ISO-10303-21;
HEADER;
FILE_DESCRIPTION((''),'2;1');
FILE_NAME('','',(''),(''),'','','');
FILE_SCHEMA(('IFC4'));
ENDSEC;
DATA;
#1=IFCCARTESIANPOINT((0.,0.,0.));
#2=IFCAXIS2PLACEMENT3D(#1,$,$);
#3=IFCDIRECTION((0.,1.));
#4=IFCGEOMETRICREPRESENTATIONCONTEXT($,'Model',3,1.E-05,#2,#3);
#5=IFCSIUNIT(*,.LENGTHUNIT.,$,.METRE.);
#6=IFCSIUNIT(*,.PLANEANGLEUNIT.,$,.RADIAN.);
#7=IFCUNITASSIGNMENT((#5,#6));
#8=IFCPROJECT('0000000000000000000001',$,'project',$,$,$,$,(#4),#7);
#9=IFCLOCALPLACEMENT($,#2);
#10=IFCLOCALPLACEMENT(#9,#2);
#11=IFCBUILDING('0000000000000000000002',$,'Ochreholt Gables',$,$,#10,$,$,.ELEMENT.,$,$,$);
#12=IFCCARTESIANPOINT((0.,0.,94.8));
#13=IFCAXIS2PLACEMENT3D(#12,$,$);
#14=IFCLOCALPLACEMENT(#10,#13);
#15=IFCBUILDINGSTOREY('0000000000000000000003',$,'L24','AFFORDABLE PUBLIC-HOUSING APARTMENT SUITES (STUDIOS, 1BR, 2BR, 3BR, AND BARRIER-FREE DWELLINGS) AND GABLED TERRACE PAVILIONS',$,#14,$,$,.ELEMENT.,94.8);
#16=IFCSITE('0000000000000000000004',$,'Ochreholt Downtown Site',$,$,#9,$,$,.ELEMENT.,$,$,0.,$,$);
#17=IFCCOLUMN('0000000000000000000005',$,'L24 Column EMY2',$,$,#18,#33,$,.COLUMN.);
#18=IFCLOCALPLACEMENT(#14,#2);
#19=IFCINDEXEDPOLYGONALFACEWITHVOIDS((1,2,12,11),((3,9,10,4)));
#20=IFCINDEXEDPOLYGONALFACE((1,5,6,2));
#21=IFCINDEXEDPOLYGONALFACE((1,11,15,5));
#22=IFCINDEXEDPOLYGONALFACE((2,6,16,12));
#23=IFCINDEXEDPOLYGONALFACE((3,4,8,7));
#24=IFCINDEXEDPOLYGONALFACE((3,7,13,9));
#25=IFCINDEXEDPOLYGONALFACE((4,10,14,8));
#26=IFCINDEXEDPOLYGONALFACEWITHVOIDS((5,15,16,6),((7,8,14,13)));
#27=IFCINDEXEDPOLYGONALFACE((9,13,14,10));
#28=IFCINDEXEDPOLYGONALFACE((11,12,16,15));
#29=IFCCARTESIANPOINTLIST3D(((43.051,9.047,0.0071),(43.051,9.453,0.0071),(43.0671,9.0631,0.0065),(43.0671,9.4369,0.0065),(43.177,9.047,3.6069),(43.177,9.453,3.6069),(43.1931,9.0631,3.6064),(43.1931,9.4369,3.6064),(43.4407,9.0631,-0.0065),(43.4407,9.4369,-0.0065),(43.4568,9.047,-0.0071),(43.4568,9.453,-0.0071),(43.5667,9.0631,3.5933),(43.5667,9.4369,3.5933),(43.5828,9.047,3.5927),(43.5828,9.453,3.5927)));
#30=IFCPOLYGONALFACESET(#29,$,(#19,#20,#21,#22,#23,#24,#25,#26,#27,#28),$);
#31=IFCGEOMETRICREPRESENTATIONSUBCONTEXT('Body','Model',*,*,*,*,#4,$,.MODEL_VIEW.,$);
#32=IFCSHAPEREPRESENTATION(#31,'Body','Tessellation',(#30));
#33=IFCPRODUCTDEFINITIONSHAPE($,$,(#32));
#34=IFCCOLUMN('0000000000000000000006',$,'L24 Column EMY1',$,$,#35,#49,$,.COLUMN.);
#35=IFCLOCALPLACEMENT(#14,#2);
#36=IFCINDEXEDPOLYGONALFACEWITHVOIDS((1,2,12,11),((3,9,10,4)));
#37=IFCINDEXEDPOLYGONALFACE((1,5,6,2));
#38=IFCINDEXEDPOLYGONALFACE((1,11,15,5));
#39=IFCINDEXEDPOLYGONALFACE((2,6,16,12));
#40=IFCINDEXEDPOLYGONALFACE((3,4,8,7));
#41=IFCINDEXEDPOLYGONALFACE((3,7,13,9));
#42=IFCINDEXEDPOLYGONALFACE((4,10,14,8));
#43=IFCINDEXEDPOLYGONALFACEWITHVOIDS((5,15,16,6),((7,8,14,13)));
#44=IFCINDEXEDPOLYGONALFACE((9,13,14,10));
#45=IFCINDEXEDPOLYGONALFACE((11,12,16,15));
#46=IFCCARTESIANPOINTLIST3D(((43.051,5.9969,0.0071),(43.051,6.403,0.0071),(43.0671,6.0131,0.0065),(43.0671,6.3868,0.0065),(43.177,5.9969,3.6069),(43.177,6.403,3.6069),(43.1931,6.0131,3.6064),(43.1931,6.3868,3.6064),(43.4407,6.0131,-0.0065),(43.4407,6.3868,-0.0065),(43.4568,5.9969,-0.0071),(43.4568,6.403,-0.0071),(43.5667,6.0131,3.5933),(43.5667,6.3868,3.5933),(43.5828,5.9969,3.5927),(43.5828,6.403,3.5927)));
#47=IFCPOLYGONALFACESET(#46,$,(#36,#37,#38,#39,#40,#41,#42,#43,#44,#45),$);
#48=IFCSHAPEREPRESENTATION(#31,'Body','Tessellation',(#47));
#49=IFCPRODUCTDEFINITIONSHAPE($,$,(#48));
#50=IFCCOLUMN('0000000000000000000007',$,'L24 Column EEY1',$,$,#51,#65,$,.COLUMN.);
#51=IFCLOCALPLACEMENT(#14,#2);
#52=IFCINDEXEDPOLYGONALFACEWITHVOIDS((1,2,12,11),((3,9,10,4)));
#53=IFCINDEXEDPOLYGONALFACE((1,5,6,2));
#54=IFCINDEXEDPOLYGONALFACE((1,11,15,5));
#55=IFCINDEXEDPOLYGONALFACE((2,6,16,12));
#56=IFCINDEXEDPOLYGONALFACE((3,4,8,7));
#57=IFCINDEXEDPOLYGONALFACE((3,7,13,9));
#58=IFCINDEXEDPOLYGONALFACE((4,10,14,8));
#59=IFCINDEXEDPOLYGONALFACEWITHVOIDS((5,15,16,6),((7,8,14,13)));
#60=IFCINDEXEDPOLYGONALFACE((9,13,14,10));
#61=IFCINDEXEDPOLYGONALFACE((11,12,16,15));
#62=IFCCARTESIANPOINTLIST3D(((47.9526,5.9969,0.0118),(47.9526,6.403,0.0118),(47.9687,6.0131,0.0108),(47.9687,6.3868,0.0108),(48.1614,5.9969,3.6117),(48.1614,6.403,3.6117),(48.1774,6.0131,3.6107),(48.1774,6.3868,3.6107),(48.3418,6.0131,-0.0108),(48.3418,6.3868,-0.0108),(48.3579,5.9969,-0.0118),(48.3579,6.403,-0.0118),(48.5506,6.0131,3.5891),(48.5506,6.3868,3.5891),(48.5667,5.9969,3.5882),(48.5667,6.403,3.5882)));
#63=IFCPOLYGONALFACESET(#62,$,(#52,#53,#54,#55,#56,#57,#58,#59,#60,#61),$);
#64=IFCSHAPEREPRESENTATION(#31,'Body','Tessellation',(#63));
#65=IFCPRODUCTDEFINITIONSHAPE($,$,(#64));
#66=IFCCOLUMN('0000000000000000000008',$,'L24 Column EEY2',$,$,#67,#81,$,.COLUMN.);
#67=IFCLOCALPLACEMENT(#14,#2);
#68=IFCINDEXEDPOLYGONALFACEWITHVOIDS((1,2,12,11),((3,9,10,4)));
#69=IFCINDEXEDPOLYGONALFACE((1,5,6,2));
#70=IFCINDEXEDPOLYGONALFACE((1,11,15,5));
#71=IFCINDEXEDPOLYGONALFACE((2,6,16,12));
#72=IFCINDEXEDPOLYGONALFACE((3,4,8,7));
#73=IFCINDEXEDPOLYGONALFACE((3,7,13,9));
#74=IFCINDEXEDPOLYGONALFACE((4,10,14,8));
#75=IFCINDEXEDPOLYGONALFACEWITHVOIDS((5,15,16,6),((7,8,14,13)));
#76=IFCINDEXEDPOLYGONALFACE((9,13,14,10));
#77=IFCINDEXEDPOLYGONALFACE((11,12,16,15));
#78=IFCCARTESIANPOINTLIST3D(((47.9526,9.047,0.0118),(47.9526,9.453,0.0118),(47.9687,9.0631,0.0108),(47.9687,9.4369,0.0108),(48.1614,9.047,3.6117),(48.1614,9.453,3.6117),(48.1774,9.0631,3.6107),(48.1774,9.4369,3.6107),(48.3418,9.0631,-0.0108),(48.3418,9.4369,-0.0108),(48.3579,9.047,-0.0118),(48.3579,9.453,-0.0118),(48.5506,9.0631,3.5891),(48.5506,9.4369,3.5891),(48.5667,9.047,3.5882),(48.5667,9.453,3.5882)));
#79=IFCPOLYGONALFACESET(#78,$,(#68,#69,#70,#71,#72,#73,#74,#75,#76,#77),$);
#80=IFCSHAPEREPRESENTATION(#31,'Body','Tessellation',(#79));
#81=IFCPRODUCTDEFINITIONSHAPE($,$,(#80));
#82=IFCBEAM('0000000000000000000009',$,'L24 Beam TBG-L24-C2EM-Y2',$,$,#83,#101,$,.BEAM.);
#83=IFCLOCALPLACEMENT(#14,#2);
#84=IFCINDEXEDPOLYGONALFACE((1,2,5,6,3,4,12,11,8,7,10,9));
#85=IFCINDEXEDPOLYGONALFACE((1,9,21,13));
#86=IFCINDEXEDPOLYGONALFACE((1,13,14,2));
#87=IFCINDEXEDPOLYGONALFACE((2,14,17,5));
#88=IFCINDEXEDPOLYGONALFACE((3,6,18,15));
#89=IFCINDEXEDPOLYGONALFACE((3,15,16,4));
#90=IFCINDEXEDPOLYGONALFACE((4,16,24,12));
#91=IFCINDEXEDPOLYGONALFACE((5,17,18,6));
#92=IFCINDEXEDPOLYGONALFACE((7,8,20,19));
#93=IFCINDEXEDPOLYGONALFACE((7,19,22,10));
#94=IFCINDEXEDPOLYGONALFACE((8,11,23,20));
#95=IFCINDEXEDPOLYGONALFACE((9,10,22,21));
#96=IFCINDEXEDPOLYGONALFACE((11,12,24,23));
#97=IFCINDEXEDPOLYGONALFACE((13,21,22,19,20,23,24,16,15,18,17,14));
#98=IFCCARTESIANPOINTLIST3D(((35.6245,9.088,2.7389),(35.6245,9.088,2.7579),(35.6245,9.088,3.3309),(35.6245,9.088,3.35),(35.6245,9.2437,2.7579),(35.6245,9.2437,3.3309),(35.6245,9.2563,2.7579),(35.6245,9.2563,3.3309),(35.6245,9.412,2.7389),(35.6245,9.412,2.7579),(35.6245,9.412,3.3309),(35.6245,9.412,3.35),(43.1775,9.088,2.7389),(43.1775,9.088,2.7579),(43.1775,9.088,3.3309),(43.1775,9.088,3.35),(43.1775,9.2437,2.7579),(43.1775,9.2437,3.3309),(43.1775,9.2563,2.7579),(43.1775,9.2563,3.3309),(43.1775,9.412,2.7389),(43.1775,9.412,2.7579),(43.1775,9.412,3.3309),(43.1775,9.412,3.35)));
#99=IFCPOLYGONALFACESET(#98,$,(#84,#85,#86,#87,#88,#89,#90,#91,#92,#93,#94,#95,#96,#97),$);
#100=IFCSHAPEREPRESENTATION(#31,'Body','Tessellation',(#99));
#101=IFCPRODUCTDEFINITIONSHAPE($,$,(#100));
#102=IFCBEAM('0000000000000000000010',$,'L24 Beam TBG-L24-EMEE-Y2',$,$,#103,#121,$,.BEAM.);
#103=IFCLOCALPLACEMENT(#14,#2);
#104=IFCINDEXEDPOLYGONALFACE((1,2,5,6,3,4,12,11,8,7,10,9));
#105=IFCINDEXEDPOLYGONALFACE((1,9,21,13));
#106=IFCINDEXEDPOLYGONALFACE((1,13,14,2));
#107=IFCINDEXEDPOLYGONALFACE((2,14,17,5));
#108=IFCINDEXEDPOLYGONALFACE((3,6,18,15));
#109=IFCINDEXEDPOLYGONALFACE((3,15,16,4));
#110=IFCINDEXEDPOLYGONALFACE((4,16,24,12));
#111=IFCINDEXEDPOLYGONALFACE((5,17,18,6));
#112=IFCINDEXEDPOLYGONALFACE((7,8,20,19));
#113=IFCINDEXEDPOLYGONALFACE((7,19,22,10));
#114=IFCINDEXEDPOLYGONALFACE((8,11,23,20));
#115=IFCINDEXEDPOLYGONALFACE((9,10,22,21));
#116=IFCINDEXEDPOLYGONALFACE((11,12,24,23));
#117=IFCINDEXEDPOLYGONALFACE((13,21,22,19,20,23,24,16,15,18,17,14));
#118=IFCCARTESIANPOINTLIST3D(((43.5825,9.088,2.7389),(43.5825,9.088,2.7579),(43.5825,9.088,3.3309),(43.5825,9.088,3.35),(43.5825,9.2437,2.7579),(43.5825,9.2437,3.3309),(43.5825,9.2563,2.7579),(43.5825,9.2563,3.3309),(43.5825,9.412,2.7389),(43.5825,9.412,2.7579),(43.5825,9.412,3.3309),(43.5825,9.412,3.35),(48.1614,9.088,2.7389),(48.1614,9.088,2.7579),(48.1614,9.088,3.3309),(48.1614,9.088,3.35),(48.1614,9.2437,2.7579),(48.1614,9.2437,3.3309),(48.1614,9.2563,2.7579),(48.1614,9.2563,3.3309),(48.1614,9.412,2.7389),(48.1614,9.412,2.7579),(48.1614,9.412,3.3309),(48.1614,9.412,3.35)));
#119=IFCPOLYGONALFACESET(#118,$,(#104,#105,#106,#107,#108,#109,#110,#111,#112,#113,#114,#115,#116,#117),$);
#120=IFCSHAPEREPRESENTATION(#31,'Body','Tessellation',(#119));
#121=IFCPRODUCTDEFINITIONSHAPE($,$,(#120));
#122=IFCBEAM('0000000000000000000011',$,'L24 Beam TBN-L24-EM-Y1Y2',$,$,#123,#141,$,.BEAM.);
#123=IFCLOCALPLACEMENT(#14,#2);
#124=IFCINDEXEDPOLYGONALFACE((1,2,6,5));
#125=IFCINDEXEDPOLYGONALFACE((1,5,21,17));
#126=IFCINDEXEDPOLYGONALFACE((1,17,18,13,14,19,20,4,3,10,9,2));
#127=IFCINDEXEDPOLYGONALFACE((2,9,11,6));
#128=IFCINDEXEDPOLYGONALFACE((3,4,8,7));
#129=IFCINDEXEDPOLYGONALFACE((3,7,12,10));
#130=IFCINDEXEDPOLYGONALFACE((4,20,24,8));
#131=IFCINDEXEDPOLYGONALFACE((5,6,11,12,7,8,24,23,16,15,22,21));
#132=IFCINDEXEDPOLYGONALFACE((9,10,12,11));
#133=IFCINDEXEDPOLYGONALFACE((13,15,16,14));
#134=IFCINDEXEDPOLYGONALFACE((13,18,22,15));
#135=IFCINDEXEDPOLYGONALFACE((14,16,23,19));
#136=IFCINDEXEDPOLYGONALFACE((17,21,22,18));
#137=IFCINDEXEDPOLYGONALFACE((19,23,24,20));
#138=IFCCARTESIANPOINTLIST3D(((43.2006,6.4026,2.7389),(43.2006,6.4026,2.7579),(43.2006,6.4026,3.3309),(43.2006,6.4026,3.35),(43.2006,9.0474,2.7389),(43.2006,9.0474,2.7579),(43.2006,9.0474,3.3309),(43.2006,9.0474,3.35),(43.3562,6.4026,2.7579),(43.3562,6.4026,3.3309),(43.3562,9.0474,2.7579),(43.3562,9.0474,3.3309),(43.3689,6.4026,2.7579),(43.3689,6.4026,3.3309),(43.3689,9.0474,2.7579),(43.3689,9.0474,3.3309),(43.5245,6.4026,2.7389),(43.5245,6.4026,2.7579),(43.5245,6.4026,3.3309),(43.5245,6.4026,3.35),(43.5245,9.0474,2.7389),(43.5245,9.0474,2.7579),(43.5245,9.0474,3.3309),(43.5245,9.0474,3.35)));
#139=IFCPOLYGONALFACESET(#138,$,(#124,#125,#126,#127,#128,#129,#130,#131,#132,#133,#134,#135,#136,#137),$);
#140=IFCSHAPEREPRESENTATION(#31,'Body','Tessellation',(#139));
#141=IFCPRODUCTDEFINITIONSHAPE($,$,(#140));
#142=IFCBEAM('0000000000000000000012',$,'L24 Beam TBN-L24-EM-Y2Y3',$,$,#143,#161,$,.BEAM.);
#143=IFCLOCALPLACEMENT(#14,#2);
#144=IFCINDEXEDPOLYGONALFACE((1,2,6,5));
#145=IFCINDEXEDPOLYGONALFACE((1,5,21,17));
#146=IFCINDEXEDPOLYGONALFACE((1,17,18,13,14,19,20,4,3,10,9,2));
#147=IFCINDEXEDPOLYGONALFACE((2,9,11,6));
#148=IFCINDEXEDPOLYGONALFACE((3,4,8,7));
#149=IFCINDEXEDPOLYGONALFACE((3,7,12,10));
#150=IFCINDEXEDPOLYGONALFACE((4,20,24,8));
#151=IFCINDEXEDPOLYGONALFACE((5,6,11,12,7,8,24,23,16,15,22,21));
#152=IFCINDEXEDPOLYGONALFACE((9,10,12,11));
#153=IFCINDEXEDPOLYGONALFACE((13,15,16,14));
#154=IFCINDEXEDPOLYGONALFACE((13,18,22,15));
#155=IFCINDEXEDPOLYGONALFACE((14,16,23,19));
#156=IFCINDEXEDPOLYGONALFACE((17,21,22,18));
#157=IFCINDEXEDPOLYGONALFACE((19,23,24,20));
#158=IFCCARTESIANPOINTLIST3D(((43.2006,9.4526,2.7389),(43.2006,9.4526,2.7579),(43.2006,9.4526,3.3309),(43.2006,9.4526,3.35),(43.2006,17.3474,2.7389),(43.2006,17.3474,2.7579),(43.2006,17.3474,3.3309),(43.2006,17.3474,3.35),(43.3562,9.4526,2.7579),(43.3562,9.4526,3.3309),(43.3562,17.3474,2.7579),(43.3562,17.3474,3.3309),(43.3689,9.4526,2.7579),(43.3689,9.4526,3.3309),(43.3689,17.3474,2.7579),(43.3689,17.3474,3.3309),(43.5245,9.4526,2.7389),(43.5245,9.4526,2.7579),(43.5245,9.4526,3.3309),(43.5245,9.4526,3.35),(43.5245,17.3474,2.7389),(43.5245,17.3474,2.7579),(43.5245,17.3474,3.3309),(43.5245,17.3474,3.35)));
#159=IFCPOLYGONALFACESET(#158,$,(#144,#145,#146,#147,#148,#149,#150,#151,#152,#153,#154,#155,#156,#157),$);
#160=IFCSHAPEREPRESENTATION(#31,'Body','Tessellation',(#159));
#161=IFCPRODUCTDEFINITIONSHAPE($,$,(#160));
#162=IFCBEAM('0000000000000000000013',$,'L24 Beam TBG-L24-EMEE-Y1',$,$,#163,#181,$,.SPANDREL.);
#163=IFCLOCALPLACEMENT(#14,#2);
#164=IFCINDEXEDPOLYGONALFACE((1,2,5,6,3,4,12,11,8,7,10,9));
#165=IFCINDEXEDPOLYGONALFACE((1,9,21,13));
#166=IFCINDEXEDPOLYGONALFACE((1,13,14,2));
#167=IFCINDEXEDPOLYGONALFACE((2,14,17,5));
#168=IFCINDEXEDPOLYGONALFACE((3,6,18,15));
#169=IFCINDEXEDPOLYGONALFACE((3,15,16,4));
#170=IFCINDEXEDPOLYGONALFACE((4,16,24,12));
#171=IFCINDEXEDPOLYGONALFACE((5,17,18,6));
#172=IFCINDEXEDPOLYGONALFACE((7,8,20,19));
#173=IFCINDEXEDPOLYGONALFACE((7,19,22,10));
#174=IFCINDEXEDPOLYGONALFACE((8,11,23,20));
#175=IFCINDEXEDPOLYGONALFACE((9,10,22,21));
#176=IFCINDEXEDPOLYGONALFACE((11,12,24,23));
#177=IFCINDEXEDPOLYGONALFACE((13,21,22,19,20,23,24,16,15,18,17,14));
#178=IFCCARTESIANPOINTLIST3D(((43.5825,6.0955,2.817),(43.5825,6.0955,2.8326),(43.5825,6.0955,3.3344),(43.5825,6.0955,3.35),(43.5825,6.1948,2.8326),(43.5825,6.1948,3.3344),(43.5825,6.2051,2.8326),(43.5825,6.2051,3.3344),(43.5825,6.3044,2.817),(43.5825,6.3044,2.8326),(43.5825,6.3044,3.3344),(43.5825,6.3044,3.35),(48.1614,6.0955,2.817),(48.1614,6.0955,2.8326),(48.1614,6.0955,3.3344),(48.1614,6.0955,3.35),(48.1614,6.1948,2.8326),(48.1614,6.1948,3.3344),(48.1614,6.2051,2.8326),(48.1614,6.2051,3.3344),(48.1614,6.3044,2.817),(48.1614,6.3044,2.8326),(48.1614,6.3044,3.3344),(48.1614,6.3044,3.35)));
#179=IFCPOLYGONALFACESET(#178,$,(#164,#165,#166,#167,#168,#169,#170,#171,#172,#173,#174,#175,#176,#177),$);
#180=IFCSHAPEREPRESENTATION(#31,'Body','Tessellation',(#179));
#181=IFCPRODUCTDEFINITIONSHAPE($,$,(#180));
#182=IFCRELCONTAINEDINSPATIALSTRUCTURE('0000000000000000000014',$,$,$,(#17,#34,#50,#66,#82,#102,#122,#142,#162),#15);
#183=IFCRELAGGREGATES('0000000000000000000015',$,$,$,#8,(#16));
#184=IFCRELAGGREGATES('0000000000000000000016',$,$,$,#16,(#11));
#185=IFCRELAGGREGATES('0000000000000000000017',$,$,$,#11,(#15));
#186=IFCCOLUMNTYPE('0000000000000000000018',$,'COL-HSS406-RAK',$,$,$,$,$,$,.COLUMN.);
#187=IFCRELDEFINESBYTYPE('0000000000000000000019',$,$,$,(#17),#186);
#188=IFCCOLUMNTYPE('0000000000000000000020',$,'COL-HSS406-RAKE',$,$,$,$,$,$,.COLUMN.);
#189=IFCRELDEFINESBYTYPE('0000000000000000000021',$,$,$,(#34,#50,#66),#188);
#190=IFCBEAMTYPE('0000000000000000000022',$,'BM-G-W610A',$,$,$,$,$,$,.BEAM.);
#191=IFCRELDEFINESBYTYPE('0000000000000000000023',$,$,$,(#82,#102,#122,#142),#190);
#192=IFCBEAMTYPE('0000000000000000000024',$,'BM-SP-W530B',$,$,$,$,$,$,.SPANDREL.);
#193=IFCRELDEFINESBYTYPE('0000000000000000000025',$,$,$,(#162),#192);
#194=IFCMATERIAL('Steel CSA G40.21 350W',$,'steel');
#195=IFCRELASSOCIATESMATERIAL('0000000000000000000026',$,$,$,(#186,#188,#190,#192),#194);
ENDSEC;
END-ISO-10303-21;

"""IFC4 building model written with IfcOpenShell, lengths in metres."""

from ifc_helpers import new_model, si_unit, direction, frame, origin, origin_2d, place, context, subcontext, project, spatial, hollow_rectangle, i_section, extrude, material, material_profile, profile_set, type_object, element, save


model = new_model("IFC4")

# Units and contexts
model_context = context("Model", 3, precision=1e-05, world=origin(), true_north=direction((0.0, 1.0)))
body_context = subcontext(model_context, "Body", "Model", "MODEL_VIEW")
ifc_project = project(units=[si_unit("LENGTHUNIT", "METRE"), si_unit("PLANEANGLEUNIT", "RADIAN")], contexts=[model_context])

# Site, building, storey
site_placement = place(None, origin())
site = spatial("IfcSite", under=ifc_project, at=site_placement, Name="Ochreholt Downtown Site", CompositionType="ELEMENT", RefElevation=0.0)
building_placement = place(site_placement, origin())
building = spatial("IfcBuilding", under=site, at=building_placement, Name="Ochreholt Gables", CompositionType="ELEMENT")
storey_placement = place(building_placement, frame((0.0, 0.0, 94.8)))
storey = spatial("IfcBuildingStorey", under=building, at=storey_placement, Name="L24", Description="AFFORDABLE PUBLIC-HOUSING APARTMENT SUITES (STUDIOS, 1BR, 2BR, 3BR, AND BARRIER-FREE DWELLINGS) AND GABLED TERRACE PAVILIONS", CompositionType="ELEMENT", Elevation=94.8)

# Columns
ifc_material_1 = material(Name="Steel CSA G40.21 350W", Category="steel")
ifc_material_profile_1 = material_profile(ifc_material_1, hollow_rectangle(XDim=0.406, YDim=0.406, WallThickness=0.0161, at=origin_2d()), Name="HSS406X406X16")
ifc_profile_set_1 = profile_set([ifc_material_profile_1], Name="Steel CSA G40.21 350W")
column_type_1 = type_object("IfcColumnType", Name="COL-HSS406-RAK", PredefinedType="COLUMN", material=ifc_profile_set_1)
column_1_placement = place(storey_placement, frame((43.2539, 9.25, 0.0), z_axis=(0.034974, 0.0, 0.999388), x_axis=(0.0, 1.0, 0.0)))
element("IfcColumn", 1, at=column_1_placement, inside=storey, type_object=column_type_1, Name="L24 Column EMY2", PredefinedType="COLUMN", context=body_context, shape_type="SweptSolid", body=[
    extrude(hollow_rectangle(XDim=0.406, YDim=0.406, WallThickness=0.0161, at=origin_2d()), origin(), (0.0, 0.0, 1.0), 3.6021),
])
ifc_material_profile_2 = material_profile(ifc_material_1, hollow_rectangle(XDim=0.406, YDim=0.406, WallThickness=0.0161, at=origin_2d()), Name="HSS406X406X16")
ifc_profile_set_2 = profile_set([ifc_material_profile_2], Name="Steel CSA G40.21 350W")
column_type_2 = type_object("IfcColumnType", Name="COL-HSS406-RAKE", PredefinedType="COLUMN", material=ifc_profile_set_2)
column_2_placement = place(storey_placement, frame((43.2539, 6.2, 0.0), z_axis=(0.034974, 0.0, 0.999388), x_axis=(0.0, 1.0, 0.0)))
element("IfcColumn", 2, at=column_2_placement, inside=storey, type_object=column_type_2, Name="L24 Column EMY1", PredefinedType="COLUMN", context=body_context, shape_type="SweptSolid", body=[
    extrude(hollow_rectangle(XDim=0.406, YDim=0.406, WallThickness=0.0161, at=origin_2d()), origin(), (0.0, 0.0, 1.0), 3.6021),
])
for number, where, z_axis, x_axis, name in (
    (3, (48.1553, 6.2, 0.0), (0.057889, 0.0, 0.998323), (0.0, 1.0, 0.0), "L24 Column EEY1"),
    (4, (48.1553, 9.25, 0.0), (0.057889, 0.0, 0.998323), (0.0, 1.0, 0.0), "L24 Column EEY2"),
):
    element("IfcColumn", number, at=place(storey_placement, frame(where, z_axis=z_axis, x_axis=x_axis)), inside=storey, type_object=column_type_2, Name=name, PredefinedType="COLUMN", context=body_context, shape_type="SweptSolid", body=[
        extrude(hollow_rectangle(XDim=0.406, YDim=0.406, WallThickness=0.0161, at=origin_2d()), origin(), (0.0, 0.0, 1.0), 3.606),
    ])

# Beams
ifc_material_profile_3 = material_profile(ifc_material_1, i_section(OverallWidth=0.324, OverallDepth=0.6111, WebThickness=0.0127, FlangeThickness=0.019, at=origin_2d()), Name="W610X155")
ifc_profile_set_3 = profile_set([ifc_material_profile_3], Name="Steel CSA G40.21 350W")
beam_type_1 = type_object("IfcBeamType", Name="BM-G-W610A", PredefinedType="BEAM", material=ifc_profile_set_3)
beam_1_placement = place(storey_placement, frame((35.6245, 9.25, 3.0444), z_axis=(1.0, 0.0, 0.0), x_axis=(0.0, 1.0, 0.0)))
element("IfcBeam", 5, at=beam_1_placement, inside=storey, type_object=beam_type_1, Name="L24 Beam TBG-L24-C2EM-Y2", PredefinedType="BEAM", context=body_context, shape_type="SweptSolid", body=[
    extrude(i_section(OverallWidth=0.324, OverallDepth=0.6111, WebThickness=0.0127, FlangeThickness=0.019, at=origin_2d()), origin(), (0.0, 0.0, 1.0), 7.553),
])
beam_2_placement = place(storey_placement, frame((43.5825, 9.25, 3.0444), z_axis=(1.0, 0.0, 0.0), x_axis=(0.0, 1.0, 0.0)))
element("IfcBeam", 6, at=beam_2_placement, inside=storey, type_object=beam_type_1, Name="L24 Beam TBG-L24-EMEE-Y2", PredefinedType="BEAM", context=body_context, shape_type="SweptSolid", body=[
    extrude(i_section(OverallWidth=0.324, OverallDepth=0.6111, WebThickness=0.0127, FlangeThickness=0.019, at=origin_2d()), origin(), (0.0, 0.0, 1.0), 4.5789),
])
beam_3_placement = place(storey_placement, frame((43.3625, 6.4026, 3.0444), z_axis=(0.0, 1.0, 0.0), x_axis=(-1.0, 0.0, 0.0)))
element("IfcBeam", 7, at=beam_3_placement, inside=storey, type_object=beam_type_1, Name="L24 Beam TBN-L24-EM-Y1Y2", PredefinedType="BEAM", context=body_context, shape_type="SweptSolid", body=[
    extrude(i_section(OverallWidth=0.324, OverallDepth=0.6111, WebThickness=0.0127, FlangeThickness=0.019, at=origin_2d()), origin(), (0.0, 0.0, 1.0), 2.6448),
])
beam_4_placement = place(storey_placement, frame((43.3625, 9.4526, 3.0444), z_axis=(0.0, 1.0, 0.0), x_axis=(-1.0, 0.0, 0.0)))
element("IfcBeam", 8, at=beam_4_placement, inside=storey, type_object=beam_type_1, Name="L24 Beam TBN-L24-EM-Y2Y3", PredefinedType="BEAM", context=body_context, shape_type="SweptSolid", body=[
    extrude(i_section(OverallWidth=0.324, OverallDepth=0.6111, WebThickness=0.0127, FlangeThickness=0.019, at=origin_2d()), origin(), (0.0, 0.0, 1.0), 7.8948),
])
ifc_material_profile_4 = material_profile(ifc_material_1, i_section(OverallWidth=0.209, OverallDepth=0.533, WebThickness=0.0103, FlangeThickness=0.0156, at=origin_2d()), Name="W530X92")
ifc_profile_set_4 = profile_set([ifc_material_profile_4], Name="Steel CSA G40.21 350W")
beam_type_2 = type_object("IfcBeamType", Name="BM-SP-W530B", PredefinedType="SPANDREL", material=ifc_profile_set_4)
beam_5_placement = place(storey_placement, frame((43.5825, 6.2, 3.0835), z_axis=(1.0, 0.0, 0.0), x_axis=(0.0, 1.0, 0.0)))
element("IfcBeam", 9, at=beam_5_placement, inside=storey, type_object=beam_type_2, Name="L24 Beam TBG-L24-EMEE-Y1", PredefinedType="SPANDREL", context=body_context, shape_type="SweptSolid", body=[
    extrude(i_section(OverallWidth=0.209, OverallDepth=0.533, WebThickness=0.0103, FlangeThickness=0.0156, at=origin_2d()), origin(), (0.0, 0.0, 1.0), 4.5789),
])

save(model, "model.ifc")
